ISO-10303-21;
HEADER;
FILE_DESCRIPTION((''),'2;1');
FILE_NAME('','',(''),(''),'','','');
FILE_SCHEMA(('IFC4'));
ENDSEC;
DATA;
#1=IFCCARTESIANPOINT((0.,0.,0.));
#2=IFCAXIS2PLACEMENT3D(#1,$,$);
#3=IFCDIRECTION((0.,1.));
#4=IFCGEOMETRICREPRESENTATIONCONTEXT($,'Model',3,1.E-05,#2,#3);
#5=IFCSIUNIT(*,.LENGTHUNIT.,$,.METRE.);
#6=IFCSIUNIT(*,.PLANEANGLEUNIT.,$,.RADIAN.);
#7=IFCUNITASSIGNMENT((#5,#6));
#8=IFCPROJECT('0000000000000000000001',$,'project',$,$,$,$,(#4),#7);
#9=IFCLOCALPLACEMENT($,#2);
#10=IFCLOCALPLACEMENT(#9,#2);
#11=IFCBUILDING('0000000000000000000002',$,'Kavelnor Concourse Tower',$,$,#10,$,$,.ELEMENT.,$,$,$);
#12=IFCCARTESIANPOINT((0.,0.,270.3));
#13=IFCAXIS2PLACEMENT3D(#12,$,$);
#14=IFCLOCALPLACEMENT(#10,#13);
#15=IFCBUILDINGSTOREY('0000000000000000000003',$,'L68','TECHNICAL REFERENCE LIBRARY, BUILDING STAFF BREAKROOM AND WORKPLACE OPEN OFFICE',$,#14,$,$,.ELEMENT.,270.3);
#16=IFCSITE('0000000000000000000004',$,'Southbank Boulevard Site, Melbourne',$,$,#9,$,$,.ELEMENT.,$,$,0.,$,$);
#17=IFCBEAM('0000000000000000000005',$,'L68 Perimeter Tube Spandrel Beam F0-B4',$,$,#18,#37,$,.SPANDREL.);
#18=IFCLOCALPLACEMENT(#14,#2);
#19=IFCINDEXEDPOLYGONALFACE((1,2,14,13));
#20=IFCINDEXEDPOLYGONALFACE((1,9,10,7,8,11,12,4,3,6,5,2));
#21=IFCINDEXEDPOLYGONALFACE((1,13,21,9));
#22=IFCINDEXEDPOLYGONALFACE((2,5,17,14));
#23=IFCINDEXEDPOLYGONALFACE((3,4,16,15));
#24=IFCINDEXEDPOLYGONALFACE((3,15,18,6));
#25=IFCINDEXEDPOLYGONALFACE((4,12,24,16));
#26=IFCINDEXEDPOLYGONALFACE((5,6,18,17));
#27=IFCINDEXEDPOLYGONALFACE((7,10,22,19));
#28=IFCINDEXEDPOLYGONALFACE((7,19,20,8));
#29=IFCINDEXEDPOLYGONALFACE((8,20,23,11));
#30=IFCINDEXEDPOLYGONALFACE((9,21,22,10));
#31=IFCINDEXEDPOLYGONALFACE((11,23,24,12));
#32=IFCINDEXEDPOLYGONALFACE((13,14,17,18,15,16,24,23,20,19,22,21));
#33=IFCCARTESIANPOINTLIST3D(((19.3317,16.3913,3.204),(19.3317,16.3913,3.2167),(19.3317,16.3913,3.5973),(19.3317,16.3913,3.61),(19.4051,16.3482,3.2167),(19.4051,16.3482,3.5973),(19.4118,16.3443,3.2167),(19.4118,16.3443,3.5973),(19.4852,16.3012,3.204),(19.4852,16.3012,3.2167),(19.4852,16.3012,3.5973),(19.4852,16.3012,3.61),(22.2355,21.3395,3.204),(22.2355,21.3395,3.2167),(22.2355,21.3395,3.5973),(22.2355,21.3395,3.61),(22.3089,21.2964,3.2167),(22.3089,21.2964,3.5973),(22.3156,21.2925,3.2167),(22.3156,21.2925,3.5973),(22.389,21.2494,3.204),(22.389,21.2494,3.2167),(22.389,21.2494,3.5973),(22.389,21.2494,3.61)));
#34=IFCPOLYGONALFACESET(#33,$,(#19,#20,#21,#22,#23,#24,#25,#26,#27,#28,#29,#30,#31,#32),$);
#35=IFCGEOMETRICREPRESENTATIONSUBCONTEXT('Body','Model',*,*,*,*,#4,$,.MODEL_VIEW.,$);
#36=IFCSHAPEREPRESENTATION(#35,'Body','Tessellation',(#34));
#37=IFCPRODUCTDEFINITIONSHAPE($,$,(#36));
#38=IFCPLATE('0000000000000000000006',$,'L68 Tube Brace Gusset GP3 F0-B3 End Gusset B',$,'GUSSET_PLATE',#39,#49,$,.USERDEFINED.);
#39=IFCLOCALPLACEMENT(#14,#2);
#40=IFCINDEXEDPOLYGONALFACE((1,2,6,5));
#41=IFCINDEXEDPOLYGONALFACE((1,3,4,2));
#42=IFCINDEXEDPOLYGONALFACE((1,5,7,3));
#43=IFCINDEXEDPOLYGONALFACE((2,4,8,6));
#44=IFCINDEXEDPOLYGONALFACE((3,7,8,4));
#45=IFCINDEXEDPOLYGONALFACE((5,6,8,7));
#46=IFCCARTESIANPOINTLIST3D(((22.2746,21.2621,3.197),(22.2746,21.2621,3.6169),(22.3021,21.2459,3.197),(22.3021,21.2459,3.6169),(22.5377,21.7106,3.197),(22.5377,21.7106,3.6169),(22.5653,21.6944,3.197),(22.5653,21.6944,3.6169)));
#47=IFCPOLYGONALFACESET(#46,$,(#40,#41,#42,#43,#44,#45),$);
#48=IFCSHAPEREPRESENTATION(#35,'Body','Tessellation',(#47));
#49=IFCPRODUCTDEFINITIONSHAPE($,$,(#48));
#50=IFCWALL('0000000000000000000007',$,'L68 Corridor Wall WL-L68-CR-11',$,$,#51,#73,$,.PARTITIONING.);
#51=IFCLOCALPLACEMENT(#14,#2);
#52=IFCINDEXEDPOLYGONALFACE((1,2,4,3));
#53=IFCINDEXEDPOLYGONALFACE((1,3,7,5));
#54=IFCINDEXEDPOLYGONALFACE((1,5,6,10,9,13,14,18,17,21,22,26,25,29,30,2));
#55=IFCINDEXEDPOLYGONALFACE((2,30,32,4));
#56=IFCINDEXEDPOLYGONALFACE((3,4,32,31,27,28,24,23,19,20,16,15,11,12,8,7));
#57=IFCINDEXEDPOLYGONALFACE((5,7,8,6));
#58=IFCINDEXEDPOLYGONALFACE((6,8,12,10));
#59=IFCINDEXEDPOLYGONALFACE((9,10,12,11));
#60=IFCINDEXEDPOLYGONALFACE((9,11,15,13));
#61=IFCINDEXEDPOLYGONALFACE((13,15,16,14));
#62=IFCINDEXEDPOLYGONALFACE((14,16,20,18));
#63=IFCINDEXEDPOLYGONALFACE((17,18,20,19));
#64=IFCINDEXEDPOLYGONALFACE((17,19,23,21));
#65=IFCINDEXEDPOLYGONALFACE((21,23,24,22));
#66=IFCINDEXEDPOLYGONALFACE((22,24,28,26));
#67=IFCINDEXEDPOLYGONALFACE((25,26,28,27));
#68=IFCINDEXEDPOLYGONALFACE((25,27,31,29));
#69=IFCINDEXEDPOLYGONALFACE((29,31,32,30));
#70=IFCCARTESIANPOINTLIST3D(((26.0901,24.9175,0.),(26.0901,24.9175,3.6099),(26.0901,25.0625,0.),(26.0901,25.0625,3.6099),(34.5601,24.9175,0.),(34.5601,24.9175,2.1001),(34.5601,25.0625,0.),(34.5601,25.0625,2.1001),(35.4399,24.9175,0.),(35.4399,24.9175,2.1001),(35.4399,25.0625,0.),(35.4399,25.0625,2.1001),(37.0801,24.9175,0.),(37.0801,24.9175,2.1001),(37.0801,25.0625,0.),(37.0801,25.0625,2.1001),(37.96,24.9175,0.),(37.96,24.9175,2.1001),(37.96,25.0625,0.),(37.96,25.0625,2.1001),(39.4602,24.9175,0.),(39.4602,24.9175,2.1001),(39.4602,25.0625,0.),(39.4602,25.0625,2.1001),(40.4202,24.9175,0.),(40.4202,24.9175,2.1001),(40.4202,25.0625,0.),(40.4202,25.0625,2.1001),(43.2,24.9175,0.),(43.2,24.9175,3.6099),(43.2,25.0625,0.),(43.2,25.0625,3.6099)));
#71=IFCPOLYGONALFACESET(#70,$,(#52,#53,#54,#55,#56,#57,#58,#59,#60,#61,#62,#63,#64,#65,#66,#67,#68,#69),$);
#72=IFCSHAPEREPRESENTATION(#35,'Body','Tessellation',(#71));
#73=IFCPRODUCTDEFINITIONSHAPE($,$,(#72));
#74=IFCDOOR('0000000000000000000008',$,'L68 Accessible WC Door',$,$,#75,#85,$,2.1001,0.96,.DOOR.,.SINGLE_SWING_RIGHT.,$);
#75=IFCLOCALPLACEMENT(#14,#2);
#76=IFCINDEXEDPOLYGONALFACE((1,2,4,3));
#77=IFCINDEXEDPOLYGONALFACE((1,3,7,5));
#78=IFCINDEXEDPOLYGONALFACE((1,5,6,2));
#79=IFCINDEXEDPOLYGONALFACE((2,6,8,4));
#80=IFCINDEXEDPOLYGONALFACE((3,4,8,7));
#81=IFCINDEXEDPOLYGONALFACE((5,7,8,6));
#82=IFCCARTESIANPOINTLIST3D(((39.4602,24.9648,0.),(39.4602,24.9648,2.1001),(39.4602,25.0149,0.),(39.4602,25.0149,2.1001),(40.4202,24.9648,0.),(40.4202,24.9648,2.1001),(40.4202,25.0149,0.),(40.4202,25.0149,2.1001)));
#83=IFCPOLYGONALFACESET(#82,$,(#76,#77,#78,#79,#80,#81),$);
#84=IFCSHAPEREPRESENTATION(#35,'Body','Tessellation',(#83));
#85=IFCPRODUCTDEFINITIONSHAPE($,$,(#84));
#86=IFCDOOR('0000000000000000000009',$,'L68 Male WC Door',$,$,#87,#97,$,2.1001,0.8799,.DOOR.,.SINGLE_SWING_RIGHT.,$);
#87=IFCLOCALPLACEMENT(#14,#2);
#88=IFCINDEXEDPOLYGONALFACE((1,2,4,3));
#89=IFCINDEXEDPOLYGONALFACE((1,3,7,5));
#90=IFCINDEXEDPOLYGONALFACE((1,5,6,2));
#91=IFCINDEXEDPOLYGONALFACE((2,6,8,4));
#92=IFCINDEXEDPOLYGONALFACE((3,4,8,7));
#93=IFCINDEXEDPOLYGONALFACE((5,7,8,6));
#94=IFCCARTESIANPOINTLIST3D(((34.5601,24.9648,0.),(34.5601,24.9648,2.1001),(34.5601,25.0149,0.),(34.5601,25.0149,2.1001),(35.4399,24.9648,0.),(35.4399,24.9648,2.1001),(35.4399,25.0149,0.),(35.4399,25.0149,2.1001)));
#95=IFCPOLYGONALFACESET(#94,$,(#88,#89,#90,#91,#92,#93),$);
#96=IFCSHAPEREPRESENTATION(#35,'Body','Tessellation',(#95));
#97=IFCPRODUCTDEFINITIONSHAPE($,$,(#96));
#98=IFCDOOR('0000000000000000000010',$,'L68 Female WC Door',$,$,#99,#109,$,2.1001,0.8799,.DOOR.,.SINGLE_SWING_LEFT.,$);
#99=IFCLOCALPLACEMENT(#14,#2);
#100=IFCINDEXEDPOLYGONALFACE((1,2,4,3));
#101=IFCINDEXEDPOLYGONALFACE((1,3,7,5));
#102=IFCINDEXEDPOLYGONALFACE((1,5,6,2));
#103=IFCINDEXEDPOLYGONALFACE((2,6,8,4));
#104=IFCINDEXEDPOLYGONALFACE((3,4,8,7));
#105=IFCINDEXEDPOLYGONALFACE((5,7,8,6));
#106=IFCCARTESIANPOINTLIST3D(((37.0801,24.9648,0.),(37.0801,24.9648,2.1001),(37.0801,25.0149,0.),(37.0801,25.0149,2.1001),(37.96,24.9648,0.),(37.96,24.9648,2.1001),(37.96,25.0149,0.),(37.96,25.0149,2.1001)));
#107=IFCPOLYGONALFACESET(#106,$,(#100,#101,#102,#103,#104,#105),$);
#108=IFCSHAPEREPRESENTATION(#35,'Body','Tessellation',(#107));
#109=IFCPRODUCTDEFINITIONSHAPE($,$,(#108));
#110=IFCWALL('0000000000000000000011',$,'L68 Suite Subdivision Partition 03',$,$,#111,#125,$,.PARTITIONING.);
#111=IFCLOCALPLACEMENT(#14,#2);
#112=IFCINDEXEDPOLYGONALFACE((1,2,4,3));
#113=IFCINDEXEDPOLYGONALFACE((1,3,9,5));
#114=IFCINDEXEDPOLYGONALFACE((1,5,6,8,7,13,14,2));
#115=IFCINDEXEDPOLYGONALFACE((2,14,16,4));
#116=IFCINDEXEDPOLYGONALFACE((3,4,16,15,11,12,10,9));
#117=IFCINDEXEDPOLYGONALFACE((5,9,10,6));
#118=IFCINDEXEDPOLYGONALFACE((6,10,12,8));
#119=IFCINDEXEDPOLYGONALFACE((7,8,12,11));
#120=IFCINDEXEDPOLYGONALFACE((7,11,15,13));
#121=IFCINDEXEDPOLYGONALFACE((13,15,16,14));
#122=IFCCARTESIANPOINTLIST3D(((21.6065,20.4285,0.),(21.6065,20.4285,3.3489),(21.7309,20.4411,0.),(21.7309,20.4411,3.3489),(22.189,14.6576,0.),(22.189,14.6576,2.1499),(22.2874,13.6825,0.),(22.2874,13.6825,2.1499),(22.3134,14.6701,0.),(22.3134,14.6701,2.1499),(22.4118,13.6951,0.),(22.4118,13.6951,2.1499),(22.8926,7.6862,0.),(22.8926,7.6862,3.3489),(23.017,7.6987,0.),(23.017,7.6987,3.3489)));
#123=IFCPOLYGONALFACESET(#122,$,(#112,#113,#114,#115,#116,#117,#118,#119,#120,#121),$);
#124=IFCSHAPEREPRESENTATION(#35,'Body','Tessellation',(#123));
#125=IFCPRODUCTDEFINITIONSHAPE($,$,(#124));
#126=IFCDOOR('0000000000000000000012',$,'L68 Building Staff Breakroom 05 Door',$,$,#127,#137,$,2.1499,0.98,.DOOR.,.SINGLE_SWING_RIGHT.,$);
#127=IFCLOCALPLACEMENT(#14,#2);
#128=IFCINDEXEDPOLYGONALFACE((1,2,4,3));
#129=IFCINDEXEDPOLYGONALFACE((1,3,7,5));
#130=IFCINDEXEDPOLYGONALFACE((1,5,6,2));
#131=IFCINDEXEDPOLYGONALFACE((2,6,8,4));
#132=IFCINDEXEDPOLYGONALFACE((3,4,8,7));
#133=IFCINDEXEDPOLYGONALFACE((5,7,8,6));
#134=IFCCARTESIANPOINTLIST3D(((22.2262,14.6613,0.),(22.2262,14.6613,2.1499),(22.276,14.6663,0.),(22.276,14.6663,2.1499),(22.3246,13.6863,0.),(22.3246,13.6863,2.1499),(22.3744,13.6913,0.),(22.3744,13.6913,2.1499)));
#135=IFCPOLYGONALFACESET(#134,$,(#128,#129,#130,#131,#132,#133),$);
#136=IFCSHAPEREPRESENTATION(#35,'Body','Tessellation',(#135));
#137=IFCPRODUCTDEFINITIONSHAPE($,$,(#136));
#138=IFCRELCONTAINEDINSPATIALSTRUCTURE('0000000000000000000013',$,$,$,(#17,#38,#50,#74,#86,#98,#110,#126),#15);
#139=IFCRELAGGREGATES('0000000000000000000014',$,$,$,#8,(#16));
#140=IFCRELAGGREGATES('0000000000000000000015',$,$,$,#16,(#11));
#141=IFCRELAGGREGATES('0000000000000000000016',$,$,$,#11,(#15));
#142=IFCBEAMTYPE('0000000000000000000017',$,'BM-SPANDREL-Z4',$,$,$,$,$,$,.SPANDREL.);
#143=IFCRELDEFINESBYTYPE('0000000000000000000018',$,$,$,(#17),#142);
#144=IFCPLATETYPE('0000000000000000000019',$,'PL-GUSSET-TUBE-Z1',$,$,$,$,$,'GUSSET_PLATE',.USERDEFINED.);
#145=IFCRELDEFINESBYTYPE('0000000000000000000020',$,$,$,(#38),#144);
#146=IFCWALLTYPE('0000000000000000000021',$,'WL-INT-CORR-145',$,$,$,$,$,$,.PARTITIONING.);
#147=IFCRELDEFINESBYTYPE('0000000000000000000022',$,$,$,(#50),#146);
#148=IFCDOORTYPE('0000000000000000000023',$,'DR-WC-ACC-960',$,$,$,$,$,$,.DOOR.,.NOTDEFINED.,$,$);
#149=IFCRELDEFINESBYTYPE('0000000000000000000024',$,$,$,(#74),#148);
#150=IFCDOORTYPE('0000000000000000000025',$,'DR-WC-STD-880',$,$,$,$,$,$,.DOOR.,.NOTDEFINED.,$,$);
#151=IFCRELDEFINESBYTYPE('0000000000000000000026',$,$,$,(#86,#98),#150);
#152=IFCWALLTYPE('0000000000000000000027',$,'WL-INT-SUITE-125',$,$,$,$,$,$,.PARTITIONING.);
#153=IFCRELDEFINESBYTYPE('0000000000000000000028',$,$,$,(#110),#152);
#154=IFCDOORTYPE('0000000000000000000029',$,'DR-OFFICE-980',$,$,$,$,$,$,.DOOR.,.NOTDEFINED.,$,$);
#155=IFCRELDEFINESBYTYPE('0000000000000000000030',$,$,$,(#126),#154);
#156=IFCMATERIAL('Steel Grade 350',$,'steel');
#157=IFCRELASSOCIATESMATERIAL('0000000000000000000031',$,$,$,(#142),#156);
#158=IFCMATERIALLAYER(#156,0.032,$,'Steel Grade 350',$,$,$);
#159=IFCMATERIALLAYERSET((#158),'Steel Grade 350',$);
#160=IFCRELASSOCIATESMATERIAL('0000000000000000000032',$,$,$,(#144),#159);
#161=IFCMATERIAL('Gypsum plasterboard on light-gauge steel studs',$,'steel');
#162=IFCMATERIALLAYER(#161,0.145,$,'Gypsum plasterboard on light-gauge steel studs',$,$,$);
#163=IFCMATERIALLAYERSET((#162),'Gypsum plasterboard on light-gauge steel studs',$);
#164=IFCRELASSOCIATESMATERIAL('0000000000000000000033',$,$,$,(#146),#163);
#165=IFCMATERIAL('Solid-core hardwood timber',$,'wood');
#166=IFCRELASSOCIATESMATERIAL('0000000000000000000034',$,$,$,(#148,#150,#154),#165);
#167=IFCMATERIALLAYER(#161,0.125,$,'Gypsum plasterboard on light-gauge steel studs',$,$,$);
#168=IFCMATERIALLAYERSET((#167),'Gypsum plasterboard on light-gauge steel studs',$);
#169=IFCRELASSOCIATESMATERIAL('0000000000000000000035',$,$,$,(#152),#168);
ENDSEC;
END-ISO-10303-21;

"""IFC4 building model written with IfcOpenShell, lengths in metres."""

from ifc_helpers import new_model, si_unit, direction, frame, frame_2d, origin, origin_2d, place, context, subcontext, project, spatial, rectangle, i_section, extrude, material, layer, layer_set, material_profile, profile_set, type_object, element, fill, save


model = new_model("IFC4")

# Units and contexts
model_context = context("Model", 3, precision=1e-05, world=origin(), true_north=direction((0.0, 1.0)))
body_context = subcontext(model_context, "Body", "Model", "MODEL_VIEW")
ifc_project = project(units=[si_unit("LENGTHUNIT", "METRE"), si_unit("PLANEANGLEUNIT", "RADIAN")], contexts=[model_context])

# Site, building, storey
site_placement = place(None, origin())
site = spatial("IfcSite", under=ifc_project, at=site_placement, Name="Southbank Boulevard Site, Melbourne", CompositionType="ELEMENT", RefElevation=0.0)
building_placement = place(site_placement, origin())
building = spatial("IfcBuilding", under=site, at=building_placement, Name="Kavelnor Concourse Tower", CompositionType="ELEMENT")
storey_placement = place(building_placement, frame((0.0, 0.0, 270.3)))
storey = spatial("IfcBuildingStorey", under=building, at=storey_placement, Name="L68", Description="TECHNICAL REFERENCE LIBRARY, BUILDING STAFF BREAKROOM AND WORKPLACE OPEN OFFICE", CompositionType="ELEMENT", Elevation=270.3)

# Shared definitions
ifc_material_1 = material(Name="Steel Grade 350", Category="steel")

# Beam
ifc_material_profile_1 = material_profile(ifc_material_1, i_section(OverallWidth=0.178, OverallDepth=0.406, WebThickness=0.0078, FlangeThickness=0.0127, at=origin_2d()), Name="410UB59")
ifc_profile_set_1 = profile_set([ifc_material_profile_1], Name="Steel Grade 350")
beam_type_1 = type_object("IfcBeamType", Name="BM-SPANDREL-Z4", PredefinedType="SPANDREL", material=ifc_profile_set_1)
beam_1_placement = place(storey_placement, frame((22.3123, 21.2944, 3.407), z_axis=(-0.506124, -0.862461, 0.0), x_axis=(0.862461, -0.506124, 0.0)))
element("IfcBeam", 1, at=beam_1_placement, inside=storey, type_object=beam_type_1, Name="L68 Perimeter Tube Spandrel Beam F0-B4", PredefinedType="SPANDREL", context=body_context, shape_type="SweptSolid", body=[
    extrude(i_section(OverallWidth=0.178, OverallDepth=0.406, WebThickness=0.0078, FlangeThickness=0.0127, at=origin_2d()), origin(), (0.0, 0.0, 1.0), 5.7373),
])

# Plate
ifc_layer_1 = layer(ifc_material_1, 0.032, Name="Steel Grade 350")
ifc_layer_set_1 = layer_set([ifc_layer_1], Name="Steel Grade 350")
plate_type = type_object("IfcPlateType", Name="PL-GUSSET-TUBE-Z1", ElementType="GUSSET_PLATE", PredefinedType="USERDEFINED", material=ifc_layer_set_1)
plate_placement = place(storey_placement, frame((22.4199, 21.4783, 3.197), z_axis=(0.0, 0.0, 1.0), x_axis=(-0.506034, -0.862514, 0.0)))
element("IfcPlate", 2, at=plate_placement, inside=storey, type_object=plate_type, Name="L68 Tube Brace Gusset GP3 F0-B3 End Gusset B", ObjectType="GUSSET_PLATE", PredefinedType="USERDEFINED", context=body_context, shape_type="SweptSolid", body=[
    extrude(rectangle(XDim=0.52, YDim=0.032, at=origin_2d()), origin(), (0.0, 0.0, 1.0), 0.4199),
])

# Wall, openings, doors
ifc_material_2 = material(Name="Gypsum plasterboard on light-gauge steel studs", Category="steel")
ifc_layer_2 = layer(ifc_material_2, 0.145, Name="Gypsum plasterboard on light-gauge steel studs")
ifc_layer_set_2 = layer_set([ifc_layer_2], Name="Gypsum plasterboard on light-gauge steel studs")
wall_type_1 = type_object("IfcWallType", Name="WL-INT-CORR-145", PredefinedType="PARTITIONING", material=ifc_layer_set_2)
wall_1_placement = place(storey_placement, frame((26.0901, 24.99, 0.0), z_axis=(0.0, 0.0, 1.0), x_axis=(1.0, 0.0, 0.0)))
wall_1 = element("IfcWall", 3, at=wall_1_placement, inside=storey, type_object=wall_type_1, Name="L68 Corridor Wall WL-L68-CR-11", PredefinedType="PARTITIONING", context=body_context, shape_type="SweptSolid", body=[
    extrude(rectangle(XDim=17.1099, YDim=0.145, at=frame_2d((8.5549, 0.0))), origin(), (0.0, 0.0, 1.0), 3.6099),
])
opening_1_placement = place(wall_1_placement, frame((8.47, 0.0, 0.0)))
opening_1 = element("IfcOpeningElement", 4, at=opening_1_placement, cuts=wall_1, PredefinedType="OPENING", context=body_context, shape_type="SweptSolid", body=[
    extrude(rectangle(XDim=0.8799, YDim=2.1001, at=frame_2d((0.4399, 1.05))), frame((0.0, 0.0825, 0.0), z_axis=(0.0, -1.0, 0.0), x_axis=(1.0, 0.0, 0.0)), (0.0, 0.0, 1.0), 0.165),
])
opening_2_placement = place(wall_1_placement, frame((10.99, 0.0, 0.0)))
opening_2 = element("IfcOpeningElement", 5, at=opening_2_placement, cuts=wall_1, PredefinedType="OPENING", context=body_context, shape_type="SweptSolid", body=[
    extrude(rectangle(XDim=0.8799, YDim=2.1001, at=frame_2d((0.4399, 1.05))), frame((0.0, 0.0825, 0.0), z_axis=(0.0, -1.0, 0.0), x_axis=(1.0, 0.0, 0.0)), (0.0, 0.0, 1.0), 0.165),
])
opening_3_placement = place(wall_1_placement, frame((13.3701, 0.0, 0.0)))
opening_3 = element("IfcOpeningElement", 6, at=opening_3_placement, cuts=wall_1, PredefinedType="OPENING", context=body_context, shape_type="SweptSolid", body=[
    extrude(rectangle(XDim=0.96, YDim=2.1001, at=frame_2d((0.48, 1.05))), frame((0.0, 0.0825, 0.0), z_axis=(0.0, -1.0, 0.0), x_axis=(1.0, 0.0, 0.0)), (0.0, 0.0, 1.0), 0.165),
])
ifc_material_3 = material(Name="Solid-core hardwood timber", Category="wood")
door_type_1 = type_object("IfcDoorType", Name="DR-WC-ACC-960", OperationType="NOTDEFINED", PredefinedType="DOOR", material=ifc_material_3)
door_1_placement = place(opening_3_placement, origin())
door_1 = element("IfcDoor", 7, at=door_1_placement, inside=storey, type_object=door_type_1, Name="L68 Accessible WC Door", OperationType="SINGLE_SWING_RIGHT", OverallHeight=2.1001, OverallWidth=0.96, PredefinedType="DOOR", context=body_context, shape_type="SweptSolid", body=[
    extrude(rectangle(XDim=0.96, YDim=2.1001, at=frame_2d((0.48, 1.05))), frame((0.0, 0.0249, 0.0), z_axis=(0.0, -1.0, 0.0), x_axis=(1.0, 0.0, 0.0)), (0.0, 0.0, 1.0), 0.05),
])
fill(opening_3, door_1)
door_type_2 = type_object("IfcDoorType", Name="DR-WC-STD-880", OperationType="NOTDEFINED", PredefinedType="DOOR", material=ifc_material_3)
door_2_placement = place(opening_1_placement, origin())
door_2 = element("IfcDoor", 8, at=door_2_placement, inside=storey, type_object=door_type_2, Name="L68 Male WC Door", OperationType="SINGLE_SWING_RIGHT", OverallHeight=2.1001, OverallWidth=0.8799, PredefinedType="DOOR", context=body_context, shape_type="SweptSolid", body=[
    extrude(rectangle(XDim=0.8799, YDim=2.1001, at=frame_2d((0.4399, 1.05))), frame((0.0, 0.0249, 0.0), z_axis=(0.0, -1.0, 0.0), x_axis=(1.0, 0.0, 0.0)), (0.0, 0.0, 1.0), 0.05),
])
fill(opening_1, door_2)
door_3_placement = place(opening_2_placement, origin())
door_3 = element("IfcDoor", 9, at=door_3_placement, inside=storey, type_object=door_type_2, Name="L68 Female WC Door", OperationType="SINGLE_SWING_LEFT", OverallHeight=2.1001, OverallWidth=0.8799, PredefinedType="DOOR", context=body_context, shape_type="SweptSolid", body=[
    extrude(rectangle(XDim=0.8799, YDim=2.1001, at=frame_2d((0.4399, 1.05))), frame((0.0, 0.0249, 0.0), z_axis=(0.0, -1.0, 0.0), x_axis=(1.0, 0.0, 0.0)), (0.0, 0.0, 1.0), 0.05),
])
fill(opening_2, door_3)

# Wall, opening, door
ifc_layer_3 = layer(ifc_material_2, 0.125, Name="Gypsum plasterboard on light-gauge steel studs")
ifc_layer_set_3 = layer_set([ifc_layer_3], Name="Gypsum plasterboard on light-gauge steel studs")
wall_type_2 = type_object("IfcWallType", Name="WL-INT-SUITE-125", PredefinedType="PARTITIONING", material=ifc_layer_set_3)
wall_2_placement = place(storey_placement, frame((21.6687, 20.4348, 0.0), z_axis=(0.0, 0.0, 1.0), x_axis=(0.100423, -0.994945, 0.0)))
wall_2 = element("IfcWall", 10, at=wall_2_placement, inside=storey, type_object=wall_type_2, Name="L68 Suite Subdivision Partition 03", PredefinedType="PARTITIONING", context=body_context, shape_type="SweptSolid", body=[
    extrude(rectangle(XDim=12.8071, YDim=0.125, at=frame_2d((6.4036, 0.0))), origin(), (0.0, 0.0, 1.0), 3.3489),
])
opening_4_placement = place(wall_2_placement, frame((5.8003, 0.0, 0.0)))
opening_4 = element("IfcOpeningElement", 11, at=opening_4_placement, cuts=wall_2, PredefinedType="OPENING", context=body_context, shape_type="SweptSolid", body=[
    extrude(rectangle(XDim=0.98, YDim=2.1499, at=frame_2d((0.49, 1.075))), frame((0.0, 0.0725, 0.0), z_axis=(0.0, -1.0, 0.0), x_axis=(1.0, 0.0, 0.0)), (0.0, 0.0, 1.0), 0.145),
])
door_type_3 = type_object("IfcDoorType", Name="DR-OFFICE-980", OperationType="NOTDEFINED", PredefinedType="DOOR", material=ifc_material_3)
door_4_placement = place(opening_4_placement, origin())
door_4 = element("IfcDoor", 12, at=door_4_placement, inside=storey, type_object=door_type_3, Name="L68 Building Staff Breakroom 05 Door", OperationType="SINGLE_SWING_RIGHT", OverallHeight=2.1499, OverallWidth=0.98, PredefinedType="DOOR", context=body_context, shape_type="SweptSolid", body=[
    extrude(rectangle(XDim=0.98, YDim=2.1499, at=frame_2d((0.49, 1.075))), frame((0.0, 0.0249, 0.0), z_axis=(0.0, -1.0, 0.0), x_axis=(1.0, 0.0, 0.0)), (0.0, 0.0, 1.0), 0.05),
])
fill(opening_4, door_4)

save(model, "model.ifc")
